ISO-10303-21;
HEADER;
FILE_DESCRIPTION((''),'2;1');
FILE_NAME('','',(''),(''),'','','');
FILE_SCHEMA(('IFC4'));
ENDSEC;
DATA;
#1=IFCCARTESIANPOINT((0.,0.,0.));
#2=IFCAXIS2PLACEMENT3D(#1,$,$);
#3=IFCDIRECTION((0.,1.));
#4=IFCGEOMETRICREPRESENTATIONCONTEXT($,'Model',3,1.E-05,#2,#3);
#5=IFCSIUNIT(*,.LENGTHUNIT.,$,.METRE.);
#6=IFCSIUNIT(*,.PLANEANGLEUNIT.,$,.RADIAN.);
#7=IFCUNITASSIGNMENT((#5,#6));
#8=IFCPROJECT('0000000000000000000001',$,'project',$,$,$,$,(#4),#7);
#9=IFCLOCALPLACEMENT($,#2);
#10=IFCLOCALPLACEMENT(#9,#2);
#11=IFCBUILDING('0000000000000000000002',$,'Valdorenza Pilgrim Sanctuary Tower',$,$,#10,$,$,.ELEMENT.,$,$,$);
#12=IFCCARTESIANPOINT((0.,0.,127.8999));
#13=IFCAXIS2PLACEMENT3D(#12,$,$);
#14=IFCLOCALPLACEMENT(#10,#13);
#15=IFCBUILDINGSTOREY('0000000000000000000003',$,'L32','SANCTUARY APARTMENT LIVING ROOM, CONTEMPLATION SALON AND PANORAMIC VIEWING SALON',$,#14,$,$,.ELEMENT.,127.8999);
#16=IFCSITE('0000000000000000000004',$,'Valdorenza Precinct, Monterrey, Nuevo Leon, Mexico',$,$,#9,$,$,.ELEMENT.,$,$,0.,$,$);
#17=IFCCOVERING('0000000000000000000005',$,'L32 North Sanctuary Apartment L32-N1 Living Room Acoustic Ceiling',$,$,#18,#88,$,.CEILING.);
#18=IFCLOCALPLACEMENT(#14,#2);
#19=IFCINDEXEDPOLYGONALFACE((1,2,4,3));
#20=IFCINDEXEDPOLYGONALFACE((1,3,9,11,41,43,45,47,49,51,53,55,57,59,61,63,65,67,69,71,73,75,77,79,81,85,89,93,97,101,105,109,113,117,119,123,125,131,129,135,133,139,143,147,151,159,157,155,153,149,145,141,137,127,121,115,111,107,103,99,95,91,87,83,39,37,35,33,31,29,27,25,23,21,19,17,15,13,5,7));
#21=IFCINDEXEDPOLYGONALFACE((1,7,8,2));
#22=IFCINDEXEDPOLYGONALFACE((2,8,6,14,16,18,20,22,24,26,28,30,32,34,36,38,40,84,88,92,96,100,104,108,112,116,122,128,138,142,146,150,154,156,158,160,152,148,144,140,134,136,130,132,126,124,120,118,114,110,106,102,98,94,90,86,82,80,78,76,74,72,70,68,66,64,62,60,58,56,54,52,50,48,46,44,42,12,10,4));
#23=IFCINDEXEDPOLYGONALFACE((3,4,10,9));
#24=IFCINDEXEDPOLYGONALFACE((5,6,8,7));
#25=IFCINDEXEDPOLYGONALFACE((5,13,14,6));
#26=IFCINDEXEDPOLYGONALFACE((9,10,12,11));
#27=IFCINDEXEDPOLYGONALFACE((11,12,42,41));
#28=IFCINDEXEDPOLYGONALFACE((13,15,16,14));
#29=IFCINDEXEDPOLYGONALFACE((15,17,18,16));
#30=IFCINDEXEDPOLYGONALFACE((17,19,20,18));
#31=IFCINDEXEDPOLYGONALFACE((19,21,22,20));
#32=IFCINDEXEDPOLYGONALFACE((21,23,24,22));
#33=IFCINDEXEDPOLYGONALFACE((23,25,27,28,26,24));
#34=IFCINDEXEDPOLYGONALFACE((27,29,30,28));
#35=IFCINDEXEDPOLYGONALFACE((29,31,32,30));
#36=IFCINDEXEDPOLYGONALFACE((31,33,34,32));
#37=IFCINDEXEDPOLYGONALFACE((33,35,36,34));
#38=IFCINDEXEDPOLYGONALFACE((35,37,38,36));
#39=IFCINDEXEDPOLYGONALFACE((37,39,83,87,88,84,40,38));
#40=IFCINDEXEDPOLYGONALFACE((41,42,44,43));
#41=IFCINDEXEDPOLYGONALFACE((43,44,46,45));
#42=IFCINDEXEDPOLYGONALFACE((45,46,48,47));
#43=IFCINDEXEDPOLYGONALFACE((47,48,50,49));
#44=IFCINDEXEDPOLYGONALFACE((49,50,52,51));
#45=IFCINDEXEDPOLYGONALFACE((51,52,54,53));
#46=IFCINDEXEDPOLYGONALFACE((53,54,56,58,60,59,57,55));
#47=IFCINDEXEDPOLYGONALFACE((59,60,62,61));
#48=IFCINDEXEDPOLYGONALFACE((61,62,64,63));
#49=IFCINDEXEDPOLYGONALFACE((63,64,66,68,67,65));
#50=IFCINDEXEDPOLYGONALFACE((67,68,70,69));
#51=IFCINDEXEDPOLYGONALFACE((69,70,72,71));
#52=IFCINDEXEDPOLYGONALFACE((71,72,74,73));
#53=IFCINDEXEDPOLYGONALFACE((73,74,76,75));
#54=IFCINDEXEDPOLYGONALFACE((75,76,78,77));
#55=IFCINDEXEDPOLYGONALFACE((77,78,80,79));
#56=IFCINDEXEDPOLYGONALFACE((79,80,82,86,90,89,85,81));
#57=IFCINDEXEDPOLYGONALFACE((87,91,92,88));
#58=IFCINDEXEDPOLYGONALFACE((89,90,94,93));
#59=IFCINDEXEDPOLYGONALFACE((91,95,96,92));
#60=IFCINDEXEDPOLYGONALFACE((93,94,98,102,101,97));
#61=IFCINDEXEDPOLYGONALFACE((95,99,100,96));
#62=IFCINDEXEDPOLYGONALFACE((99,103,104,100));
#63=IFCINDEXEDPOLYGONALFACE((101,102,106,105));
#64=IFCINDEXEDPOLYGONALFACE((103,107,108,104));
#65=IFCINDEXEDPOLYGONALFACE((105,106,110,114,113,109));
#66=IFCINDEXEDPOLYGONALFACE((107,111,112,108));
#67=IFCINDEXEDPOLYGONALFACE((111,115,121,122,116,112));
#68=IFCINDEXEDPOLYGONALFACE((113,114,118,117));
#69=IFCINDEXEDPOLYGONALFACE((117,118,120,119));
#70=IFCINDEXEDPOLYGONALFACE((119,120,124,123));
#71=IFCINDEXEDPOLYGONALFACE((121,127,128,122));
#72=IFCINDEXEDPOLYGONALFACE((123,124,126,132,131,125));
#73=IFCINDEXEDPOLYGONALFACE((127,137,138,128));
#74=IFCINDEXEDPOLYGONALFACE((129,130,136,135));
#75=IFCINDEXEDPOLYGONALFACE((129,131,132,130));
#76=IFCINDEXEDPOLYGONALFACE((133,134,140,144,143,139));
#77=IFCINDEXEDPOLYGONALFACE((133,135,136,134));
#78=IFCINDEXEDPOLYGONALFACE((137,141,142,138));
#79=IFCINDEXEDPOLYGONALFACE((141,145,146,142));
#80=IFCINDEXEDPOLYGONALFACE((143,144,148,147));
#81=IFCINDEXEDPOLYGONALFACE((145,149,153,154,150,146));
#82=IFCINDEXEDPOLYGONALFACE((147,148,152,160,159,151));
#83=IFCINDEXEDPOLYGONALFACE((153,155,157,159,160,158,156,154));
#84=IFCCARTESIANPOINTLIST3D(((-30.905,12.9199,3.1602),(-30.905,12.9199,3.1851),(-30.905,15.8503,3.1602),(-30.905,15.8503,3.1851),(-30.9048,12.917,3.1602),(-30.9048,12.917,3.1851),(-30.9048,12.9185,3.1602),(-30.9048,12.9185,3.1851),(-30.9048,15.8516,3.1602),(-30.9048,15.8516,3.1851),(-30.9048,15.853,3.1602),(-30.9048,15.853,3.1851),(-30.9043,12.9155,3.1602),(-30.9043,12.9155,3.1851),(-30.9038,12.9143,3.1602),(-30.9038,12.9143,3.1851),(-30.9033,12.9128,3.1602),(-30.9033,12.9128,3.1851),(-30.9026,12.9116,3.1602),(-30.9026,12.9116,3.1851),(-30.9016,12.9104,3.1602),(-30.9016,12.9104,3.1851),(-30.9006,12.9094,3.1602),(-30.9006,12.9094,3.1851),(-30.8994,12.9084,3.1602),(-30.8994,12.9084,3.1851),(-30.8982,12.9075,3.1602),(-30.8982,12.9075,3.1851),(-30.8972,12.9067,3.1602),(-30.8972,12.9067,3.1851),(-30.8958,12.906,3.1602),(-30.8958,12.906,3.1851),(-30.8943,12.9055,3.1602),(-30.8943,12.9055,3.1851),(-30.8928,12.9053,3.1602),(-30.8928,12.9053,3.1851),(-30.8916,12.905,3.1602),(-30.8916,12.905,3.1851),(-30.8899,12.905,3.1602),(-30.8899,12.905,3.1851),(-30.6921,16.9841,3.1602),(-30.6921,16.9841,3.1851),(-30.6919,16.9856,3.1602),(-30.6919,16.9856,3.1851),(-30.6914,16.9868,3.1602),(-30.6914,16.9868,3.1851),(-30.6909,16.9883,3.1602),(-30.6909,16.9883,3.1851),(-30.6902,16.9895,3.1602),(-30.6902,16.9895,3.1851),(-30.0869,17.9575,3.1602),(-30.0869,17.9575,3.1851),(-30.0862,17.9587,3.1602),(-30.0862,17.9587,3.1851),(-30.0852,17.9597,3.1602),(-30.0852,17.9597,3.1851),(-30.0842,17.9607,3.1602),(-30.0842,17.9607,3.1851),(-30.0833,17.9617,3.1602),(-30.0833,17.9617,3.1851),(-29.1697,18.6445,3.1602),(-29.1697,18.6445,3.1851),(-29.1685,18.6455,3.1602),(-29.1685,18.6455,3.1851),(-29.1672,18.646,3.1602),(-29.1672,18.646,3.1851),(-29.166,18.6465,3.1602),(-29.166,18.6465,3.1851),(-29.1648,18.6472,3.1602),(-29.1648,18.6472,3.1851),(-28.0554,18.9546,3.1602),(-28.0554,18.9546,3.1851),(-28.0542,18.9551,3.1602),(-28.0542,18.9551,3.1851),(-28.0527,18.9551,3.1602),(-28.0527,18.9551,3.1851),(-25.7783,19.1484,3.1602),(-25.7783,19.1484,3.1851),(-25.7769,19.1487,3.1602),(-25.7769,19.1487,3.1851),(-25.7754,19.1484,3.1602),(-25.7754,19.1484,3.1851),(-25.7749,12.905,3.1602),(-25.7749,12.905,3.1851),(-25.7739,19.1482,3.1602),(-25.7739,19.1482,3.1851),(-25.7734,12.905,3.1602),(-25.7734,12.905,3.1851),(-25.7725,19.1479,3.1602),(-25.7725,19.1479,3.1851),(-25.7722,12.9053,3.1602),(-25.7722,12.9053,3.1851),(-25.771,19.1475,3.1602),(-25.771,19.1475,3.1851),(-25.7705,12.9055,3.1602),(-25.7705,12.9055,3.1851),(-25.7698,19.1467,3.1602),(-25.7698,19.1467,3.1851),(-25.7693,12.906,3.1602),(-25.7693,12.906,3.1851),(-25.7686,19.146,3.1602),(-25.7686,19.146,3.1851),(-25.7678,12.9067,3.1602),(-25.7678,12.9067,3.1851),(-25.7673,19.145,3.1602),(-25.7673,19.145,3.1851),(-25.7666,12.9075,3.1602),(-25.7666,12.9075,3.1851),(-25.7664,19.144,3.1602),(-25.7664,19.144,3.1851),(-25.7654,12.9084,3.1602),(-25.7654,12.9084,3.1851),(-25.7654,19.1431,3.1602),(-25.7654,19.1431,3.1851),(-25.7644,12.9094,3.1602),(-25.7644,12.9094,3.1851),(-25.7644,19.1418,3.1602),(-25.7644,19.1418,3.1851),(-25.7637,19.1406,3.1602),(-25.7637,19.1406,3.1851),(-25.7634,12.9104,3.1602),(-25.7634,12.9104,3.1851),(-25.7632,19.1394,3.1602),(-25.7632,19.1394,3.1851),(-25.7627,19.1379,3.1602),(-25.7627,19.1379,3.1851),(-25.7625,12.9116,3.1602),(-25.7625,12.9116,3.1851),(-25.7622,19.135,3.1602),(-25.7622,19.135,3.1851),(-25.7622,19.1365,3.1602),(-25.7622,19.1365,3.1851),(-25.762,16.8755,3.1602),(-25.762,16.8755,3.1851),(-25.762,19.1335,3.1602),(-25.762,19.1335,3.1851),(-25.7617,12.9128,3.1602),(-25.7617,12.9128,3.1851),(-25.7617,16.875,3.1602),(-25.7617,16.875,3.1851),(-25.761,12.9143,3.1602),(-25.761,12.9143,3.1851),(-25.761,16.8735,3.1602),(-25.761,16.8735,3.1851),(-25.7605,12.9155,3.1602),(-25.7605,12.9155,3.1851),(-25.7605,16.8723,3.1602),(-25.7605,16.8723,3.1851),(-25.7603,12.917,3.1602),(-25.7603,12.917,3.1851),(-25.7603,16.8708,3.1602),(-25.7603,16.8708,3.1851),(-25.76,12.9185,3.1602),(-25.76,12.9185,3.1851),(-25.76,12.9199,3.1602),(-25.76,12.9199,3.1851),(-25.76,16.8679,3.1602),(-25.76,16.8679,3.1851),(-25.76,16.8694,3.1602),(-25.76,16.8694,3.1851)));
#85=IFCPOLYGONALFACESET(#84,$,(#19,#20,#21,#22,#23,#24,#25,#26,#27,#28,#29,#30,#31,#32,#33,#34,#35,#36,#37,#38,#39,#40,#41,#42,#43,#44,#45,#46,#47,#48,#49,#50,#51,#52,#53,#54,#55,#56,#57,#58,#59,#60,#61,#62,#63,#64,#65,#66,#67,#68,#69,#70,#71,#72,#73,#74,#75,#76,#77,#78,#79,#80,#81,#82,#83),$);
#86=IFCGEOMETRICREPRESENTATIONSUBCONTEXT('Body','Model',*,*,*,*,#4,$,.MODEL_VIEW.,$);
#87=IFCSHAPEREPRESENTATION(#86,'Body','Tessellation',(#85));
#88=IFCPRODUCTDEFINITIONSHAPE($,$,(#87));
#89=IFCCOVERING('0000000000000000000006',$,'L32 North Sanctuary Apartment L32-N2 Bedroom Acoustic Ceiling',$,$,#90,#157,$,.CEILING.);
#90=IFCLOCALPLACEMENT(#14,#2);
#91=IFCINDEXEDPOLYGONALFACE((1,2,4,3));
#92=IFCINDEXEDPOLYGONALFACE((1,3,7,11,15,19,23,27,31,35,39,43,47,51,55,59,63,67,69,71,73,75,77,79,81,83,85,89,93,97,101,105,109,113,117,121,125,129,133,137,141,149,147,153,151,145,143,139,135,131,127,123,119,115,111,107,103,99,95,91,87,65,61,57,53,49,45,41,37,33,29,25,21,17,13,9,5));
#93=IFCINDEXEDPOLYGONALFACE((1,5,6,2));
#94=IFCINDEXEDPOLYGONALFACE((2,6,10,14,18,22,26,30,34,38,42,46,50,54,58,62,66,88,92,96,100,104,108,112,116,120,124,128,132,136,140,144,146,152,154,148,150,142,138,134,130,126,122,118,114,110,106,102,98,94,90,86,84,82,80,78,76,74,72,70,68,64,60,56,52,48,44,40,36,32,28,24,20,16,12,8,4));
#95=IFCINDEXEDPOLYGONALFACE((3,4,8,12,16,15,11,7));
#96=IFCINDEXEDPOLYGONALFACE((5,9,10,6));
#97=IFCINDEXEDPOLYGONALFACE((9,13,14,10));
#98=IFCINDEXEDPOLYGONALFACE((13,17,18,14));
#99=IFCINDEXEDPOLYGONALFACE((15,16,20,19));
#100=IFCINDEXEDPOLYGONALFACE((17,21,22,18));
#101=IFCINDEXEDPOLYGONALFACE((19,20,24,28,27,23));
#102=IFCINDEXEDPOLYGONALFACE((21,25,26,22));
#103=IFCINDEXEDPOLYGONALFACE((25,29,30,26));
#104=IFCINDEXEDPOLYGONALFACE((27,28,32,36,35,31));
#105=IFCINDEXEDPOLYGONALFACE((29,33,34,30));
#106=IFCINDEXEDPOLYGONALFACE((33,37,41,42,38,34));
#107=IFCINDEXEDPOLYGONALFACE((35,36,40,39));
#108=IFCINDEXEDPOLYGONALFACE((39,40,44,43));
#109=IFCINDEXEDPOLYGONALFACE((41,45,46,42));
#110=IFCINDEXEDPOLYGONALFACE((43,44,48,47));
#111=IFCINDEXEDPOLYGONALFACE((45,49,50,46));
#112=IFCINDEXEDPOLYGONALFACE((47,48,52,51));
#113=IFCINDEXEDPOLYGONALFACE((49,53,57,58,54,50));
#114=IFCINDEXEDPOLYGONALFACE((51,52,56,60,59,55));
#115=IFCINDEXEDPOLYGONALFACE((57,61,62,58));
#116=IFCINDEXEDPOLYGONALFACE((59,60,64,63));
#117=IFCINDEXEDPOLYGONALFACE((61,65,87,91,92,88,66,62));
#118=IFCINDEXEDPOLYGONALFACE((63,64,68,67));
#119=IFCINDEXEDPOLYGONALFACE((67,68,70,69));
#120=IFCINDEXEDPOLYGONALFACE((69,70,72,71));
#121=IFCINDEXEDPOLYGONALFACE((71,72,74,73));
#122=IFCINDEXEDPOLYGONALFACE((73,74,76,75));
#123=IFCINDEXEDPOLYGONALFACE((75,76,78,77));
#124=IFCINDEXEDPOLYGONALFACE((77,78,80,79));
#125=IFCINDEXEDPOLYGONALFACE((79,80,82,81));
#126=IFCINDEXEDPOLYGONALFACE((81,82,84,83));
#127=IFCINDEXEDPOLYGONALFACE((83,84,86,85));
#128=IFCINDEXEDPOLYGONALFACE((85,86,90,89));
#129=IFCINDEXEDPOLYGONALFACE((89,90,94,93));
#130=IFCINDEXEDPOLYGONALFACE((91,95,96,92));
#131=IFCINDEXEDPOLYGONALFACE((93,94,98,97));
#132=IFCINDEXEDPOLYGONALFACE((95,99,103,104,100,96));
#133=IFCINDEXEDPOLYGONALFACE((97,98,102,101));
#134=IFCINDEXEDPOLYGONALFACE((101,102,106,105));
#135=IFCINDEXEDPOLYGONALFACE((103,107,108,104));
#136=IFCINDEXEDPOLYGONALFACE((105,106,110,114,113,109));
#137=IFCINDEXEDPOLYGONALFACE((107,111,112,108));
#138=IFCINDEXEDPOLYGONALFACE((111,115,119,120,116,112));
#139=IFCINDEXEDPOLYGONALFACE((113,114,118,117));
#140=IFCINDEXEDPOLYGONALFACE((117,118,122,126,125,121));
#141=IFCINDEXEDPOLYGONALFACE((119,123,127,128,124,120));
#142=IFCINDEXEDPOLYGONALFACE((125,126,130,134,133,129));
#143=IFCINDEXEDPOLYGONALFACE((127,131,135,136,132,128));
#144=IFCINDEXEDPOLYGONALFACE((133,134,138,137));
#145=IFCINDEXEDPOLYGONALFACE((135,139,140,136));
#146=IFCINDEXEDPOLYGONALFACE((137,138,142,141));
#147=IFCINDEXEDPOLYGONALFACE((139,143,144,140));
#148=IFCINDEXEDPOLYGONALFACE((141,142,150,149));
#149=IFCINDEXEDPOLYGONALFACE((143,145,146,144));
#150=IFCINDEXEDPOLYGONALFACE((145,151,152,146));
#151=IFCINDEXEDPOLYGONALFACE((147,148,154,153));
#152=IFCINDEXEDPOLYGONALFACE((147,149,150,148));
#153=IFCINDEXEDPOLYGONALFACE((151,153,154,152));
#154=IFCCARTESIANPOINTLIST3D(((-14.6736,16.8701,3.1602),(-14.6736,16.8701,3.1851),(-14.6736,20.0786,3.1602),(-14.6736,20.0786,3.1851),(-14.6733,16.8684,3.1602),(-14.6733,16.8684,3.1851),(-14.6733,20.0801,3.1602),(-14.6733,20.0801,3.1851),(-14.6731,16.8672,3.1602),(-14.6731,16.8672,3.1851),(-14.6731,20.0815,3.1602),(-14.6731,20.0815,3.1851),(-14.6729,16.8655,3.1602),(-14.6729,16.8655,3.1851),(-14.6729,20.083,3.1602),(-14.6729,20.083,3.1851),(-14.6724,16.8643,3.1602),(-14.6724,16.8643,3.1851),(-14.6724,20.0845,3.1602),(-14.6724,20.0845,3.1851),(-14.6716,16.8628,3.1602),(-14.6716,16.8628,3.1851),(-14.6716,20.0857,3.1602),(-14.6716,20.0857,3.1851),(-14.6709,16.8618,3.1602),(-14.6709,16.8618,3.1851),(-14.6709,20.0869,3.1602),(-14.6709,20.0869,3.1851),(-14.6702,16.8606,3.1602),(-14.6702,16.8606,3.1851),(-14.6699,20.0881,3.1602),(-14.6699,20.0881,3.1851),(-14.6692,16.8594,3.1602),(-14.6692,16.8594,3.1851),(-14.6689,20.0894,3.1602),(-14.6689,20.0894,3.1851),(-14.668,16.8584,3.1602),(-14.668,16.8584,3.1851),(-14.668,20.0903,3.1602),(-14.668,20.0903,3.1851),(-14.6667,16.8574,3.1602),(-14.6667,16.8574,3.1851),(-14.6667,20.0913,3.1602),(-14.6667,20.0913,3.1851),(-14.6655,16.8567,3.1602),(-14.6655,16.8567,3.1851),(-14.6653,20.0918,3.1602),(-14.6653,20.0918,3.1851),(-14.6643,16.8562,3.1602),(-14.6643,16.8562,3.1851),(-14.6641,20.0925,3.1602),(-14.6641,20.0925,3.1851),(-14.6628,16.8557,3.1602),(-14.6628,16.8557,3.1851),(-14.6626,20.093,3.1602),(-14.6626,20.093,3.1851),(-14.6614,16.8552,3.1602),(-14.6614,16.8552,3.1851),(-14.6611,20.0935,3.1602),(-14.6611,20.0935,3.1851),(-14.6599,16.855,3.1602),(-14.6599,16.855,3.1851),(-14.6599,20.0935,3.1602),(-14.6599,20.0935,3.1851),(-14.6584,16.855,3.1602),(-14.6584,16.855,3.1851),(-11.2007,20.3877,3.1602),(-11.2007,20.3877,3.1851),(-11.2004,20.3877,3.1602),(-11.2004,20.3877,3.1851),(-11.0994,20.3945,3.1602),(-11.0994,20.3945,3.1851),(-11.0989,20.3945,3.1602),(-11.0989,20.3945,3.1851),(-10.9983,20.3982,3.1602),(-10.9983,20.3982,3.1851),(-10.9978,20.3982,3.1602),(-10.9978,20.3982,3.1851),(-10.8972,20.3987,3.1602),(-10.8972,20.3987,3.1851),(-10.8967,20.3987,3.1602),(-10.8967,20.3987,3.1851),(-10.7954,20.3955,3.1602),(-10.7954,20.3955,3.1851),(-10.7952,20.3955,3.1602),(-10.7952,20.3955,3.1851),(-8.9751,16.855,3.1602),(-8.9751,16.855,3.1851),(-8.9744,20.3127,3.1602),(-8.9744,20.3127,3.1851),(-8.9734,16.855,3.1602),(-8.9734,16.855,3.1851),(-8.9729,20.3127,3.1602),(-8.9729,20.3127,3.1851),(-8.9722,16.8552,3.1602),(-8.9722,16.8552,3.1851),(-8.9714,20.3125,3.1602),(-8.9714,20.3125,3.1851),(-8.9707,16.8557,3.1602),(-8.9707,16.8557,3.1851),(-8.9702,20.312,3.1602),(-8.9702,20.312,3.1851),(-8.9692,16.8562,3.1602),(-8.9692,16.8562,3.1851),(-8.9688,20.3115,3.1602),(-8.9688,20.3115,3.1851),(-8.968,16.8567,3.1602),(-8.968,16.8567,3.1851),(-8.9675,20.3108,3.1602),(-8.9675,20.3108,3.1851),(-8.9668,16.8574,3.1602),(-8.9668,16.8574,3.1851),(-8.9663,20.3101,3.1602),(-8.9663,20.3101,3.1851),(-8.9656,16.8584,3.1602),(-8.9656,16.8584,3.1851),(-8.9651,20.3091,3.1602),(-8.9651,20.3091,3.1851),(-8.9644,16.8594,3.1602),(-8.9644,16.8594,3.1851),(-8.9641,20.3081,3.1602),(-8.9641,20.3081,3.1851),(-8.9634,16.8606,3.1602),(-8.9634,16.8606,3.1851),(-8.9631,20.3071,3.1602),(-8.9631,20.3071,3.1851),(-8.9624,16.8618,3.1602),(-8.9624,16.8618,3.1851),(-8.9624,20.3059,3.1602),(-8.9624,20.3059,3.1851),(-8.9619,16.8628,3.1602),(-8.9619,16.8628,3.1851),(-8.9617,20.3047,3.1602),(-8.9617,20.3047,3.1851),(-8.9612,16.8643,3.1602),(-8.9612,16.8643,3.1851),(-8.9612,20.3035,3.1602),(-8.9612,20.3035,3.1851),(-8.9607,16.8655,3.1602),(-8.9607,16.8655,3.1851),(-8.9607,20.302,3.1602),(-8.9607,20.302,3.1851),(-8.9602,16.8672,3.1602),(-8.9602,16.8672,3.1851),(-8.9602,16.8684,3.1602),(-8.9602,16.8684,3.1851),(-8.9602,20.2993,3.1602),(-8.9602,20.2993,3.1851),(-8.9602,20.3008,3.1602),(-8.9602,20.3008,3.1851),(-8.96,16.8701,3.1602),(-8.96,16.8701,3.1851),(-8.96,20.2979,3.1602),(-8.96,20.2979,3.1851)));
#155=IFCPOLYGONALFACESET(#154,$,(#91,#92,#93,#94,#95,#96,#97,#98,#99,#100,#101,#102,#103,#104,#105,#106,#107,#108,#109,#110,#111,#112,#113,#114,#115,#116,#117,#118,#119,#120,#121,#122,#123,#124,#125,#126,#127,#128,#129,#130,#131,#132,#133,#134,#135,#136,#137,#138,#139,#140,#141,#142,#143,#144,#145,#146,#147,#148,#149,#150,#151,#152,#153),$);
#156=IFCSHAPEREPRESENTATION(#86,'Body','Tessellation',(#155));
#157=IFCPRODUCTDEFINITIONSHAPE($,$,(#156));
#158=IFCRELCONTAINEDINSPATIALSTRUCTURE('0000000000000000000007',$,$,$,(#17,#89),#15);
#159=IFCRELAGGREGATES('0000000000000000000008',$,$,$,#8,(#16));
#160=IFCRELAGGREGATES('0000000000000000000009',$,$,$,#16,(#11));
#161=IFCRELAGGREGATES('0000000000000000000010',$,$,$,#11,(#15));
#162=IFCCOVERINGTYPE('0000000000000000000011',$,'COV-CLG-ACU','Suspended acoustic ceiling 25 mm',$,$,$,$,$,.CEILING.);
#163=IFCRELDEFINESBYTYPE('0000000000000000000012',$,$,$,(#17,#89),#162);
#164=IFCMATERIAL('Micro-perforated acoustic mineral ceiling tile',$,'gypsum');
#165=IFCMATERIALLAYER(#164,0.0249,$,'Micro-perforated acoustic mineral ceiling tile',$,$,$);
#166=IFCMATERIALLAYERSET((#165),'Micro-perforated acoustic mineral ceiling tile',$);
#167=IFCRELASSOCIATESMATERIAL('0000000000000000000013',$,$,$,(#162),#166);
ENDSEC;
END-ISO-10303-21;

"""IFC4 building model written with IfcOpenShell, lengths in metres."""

from ifc_helpers import new_model, si_unit, direction, frame, origin, place, context, subcontext, project, spatial, polyline, outline, extrude, material, layer, layer_set, type_object, element, save


model = new_model("IFC4")

# Units and contexts
model_context = context("Model", 3, precision=1e-05, world=origin(), true_north=direction((0.0, 1.0)))
body_context = subcontext(model_context, "Body", "Model", "MODEL_VIEW")
ifc_project = project(units=[si_unit("LENGTHUNIT", "METRE"), si_unit("PLANEANGLEUNIT", "RADIAN")], contexts=[model_context])

# Site, building, storey
site_placement = place(None, origin())
site = spatial("IfcSite", under=ifc_project, at=site_placement, Name="Valdorenza Precinct, Monterrey, Nuevo Leon, Mexico", CompositionType="ELEMENT", RefElevation=0.0)
building_placement = place(site_placement, origin())
building = spatial("IfcBuilding", under=site, at=building_placement, Name="Valdorenza Pilgrim Sanctuary Tower", CompositionType="ELEMENT")
storey_placement = place(building_placement, frame((0.0, 0.0, 127.8999)))
storey = spatial("IfcBuildingStorey", under=building, at=storey_placement, Name="L32", Description="SANCTUARY APARTMENT LIVING ROOM, CONTEMPLATION SALON AND PANORAMIC VIEWING SALON", CompositionType="ELEMENT", Elevation=127.8999)

# Coverings
ifc_material_1 = material(Name="Micro-perforated acoustic mineral ceiling tile", Category="gypsum")
ifc_layer_1 = layer(ifc_material_1, 0.0249, Name="Micro-perforated acoustic mineral ceiling tile")
ifc_layer_set_1 = layer_set([ifc_layer_1], Name="Micro-perforated acoustic mineral ceiling tile")
covering_type_1 = type_object("IfcCoveringType", Name="COV-CLG-ACU", Description="Suspended acoustic ceiling 25 mm", PredefinedType="CEILING", material=ifc_layer_set_1)
covering_1_placement = place(storey_placement, frame((0.0, 0.0, 3.1602)))
element("IfcCovering", 1, at=covering_1_placement, inside=storey, type_object=covering_type_1, Name="L32 North Sanctuary Apartment L32-N1 Living Room Acoustic Ceiling", PredefinedType="CEILING", context=body_context, shape_type="SweptSolid", body=[
    extrude(outline(polyline([(-30.8899, 12.905), (-30.8916, 12.905), (-30.8928, 12.9053), (-30.8943, 12.9055), (-30.8958, 12.906), (-30.8972, 12.9067), (-30.8982, 12.9075), (-30.8994, 12.9084), (-30.9006, 12.9094), (-30.9016, 12.9104), (-30.9026, 12.9116), (-30.9033, 12.9128), (-30.9038, 12.9143), (-30.9043, 12.9155), (-30.9048, 12.917), (-30.9048, 12.9185), (-30.905, 12.9199), (-30.905, 15.8503), (-30.9048, 15.8516), (-30.9048, 15.853), (-30.6921, 16.9841), (-30.6919, 16.9856), (-30.6914, 16.9868), (-30.6909, 16.9883), (-30.6902, 16.9895), (-30.0869, 17.9575), (-30.0862, 17.9587), (-30.0852, 17.9597), (-30.0842, 17.9607), (-30.0833, 17.9617), (-29.1697, 18.6445), (-29.1685, 18.6455), (-29.1672, 18.646), (-29.166, 18.6465), (-29.1648, 18.6472), (-28.0554, 18.9546), (-28.0542, 18.9551), (-28.0527, 18.9551), (-25.7783, 19.1484), (-25.7769, 19.1487), (-25.7754, 19.1484), (-25.7739, 19.1482), (-25.7725, 19.1479), (-25.771, 19.1475), (-25.7698, 19.1467), (-25.7686, 19.146), (-25.7673, 19.145), (-25.7664, 19.144), (-25.7654, 19.1431), (-25.7644, 19.1418), (-25.7637, 19.1406), (-25.7632, 19.1394), (-25.7627, 19.1379), (-25.7622, 19.1365), (-25.7622, 19.135), (-25.762, 19.1335), (-25.762, 16.8755), (-25.7617, 16.875), (-25.761, 16.8735), (-25.7605, 16.8723), (-25.7603, 16.8708), (-25.76, 16.8694), (-25.76, 16.8679), (-25.76, 12.9199), (-25.76, 12.9185), (-25.7603, 12.917), (-25.7605, 12.9155), (-25.761, 12.9143), (-25.7617, 12.9128), (-25.7625, 12.9116), (-25.7634, 12.9104), (-25.7644, 12.9094), (-25.7654, 12.9084), (-25.7666, 12.9075), (-25.7678, 12.9067), (-25.7693, 12.906), (-25.7705, 12.9055), (-25.7722, 12.9053), (-25.7734, 12.905), (-25.7749, 12.905), (-30.8899, 12.905)])), origin(), (0.0, 0.0, 1.0), 0.0249),
])
covering_2_placement = place(storey_placement, frame((0.0, 0.0, 3.1602)))
element("IfcCovering", 2, at=covering_2_placement, inside=storey, type_object=covering_type_1, Name="L32 North Sanctuary Apartment L32-N2 Bedroom Acoustic Ceiling", PredefinedType="CEILING", context=body_context, shape_type="SweptSolid", body=[
    extrude(outline(polyline([(-14.6584, 16.855), (-14.6599, 16.855), (-14.6614, 16.8552), (-14.6628, 16.8557), (-14.6643, 16.8562), (-14.6655, 16.8567), (-14.6667, 16.8574), (-14.668, 16.8584), (-14.6692, 16.8594), (-14.6702, 16.8606), (-14.6709, 16.8618), (-14.6716, 16.8628), (-14.6724, 16.8643), (-14.6729, 16.8655), (-14.6731, 16.8672), (-14.6733, 16.8684), (-14.6736, 16.8701), (-14.6736, 20.0786), (-14.6733, 20.0801), (-14.6731, 20.0815), (-14.6729, 20.083), (-14.6724, 20.0845), (-14.6716, 20.0857), (-14.6709, 20.0869), (-14.6699, 20.0881), (-14.6689, 20.0894), (-14.668, 20.0903), (-14.6667, 20.0913), (-14.6653, 20.0918), (-14.6641, 20.0925), (-14.6626, 20.093), (-14.6611, 20.0935), (-14.6599, 20.0935), (-11.2007, 20.3877), (-11.2004, 20.3877), (-11.0994, 20.3945), (-11.0989, 20.3945), (-10.9983, 20.3982), (-10.9978, 20.3982), (-10.8972, 20.3987), (-10.8967, 20.3987), (-10.7954, 20.3955), (-10.7952, 20.3955), (-8.9744, 20.3127), (-8.9729, 20.3127), (-8.9714, 20.3125), (-8.9702, 20.312), (-8.9688, 20.3115), (-8.9675, 20.3108), (-8.9663, 20.3101), (-8.9651, 20.3091), (-8.9641, 20.3081), (-8.9631, 20.3071), (-8.9624, 20.3059), (-8.9617, 20.3047), (-8.9612, 20.3035), (-8.9607, 20.302), (-8.9602, 20.3008), (-8.9602, 20.2993), (-8.96, 20.2979), (-8.96, 16.8701), (-8.9602, 16.8684), (-8.9602, 16.8672), (-8.9607, 16.8655), (-8.9612, 16.8643), (-8.9619, 16.8628), (-8.9624, 16.8618), (-8.9634, 16.8606), (-8.9644, 16.8594), (-8.9656, 16.8584), (-8.9668, 16.8574), (-8.968, 16.8567), (-8.9692, 16.8562), (-8.9707, 16.8557), (-8.9722, 16.8552), (-8.9734, 16.855), (-8.9751, 16.855), (-14.6584, 16.855)])), origin(), (0.0, 0.0, 1.0), 0.0249),
])

save(model, "model.ifc")
